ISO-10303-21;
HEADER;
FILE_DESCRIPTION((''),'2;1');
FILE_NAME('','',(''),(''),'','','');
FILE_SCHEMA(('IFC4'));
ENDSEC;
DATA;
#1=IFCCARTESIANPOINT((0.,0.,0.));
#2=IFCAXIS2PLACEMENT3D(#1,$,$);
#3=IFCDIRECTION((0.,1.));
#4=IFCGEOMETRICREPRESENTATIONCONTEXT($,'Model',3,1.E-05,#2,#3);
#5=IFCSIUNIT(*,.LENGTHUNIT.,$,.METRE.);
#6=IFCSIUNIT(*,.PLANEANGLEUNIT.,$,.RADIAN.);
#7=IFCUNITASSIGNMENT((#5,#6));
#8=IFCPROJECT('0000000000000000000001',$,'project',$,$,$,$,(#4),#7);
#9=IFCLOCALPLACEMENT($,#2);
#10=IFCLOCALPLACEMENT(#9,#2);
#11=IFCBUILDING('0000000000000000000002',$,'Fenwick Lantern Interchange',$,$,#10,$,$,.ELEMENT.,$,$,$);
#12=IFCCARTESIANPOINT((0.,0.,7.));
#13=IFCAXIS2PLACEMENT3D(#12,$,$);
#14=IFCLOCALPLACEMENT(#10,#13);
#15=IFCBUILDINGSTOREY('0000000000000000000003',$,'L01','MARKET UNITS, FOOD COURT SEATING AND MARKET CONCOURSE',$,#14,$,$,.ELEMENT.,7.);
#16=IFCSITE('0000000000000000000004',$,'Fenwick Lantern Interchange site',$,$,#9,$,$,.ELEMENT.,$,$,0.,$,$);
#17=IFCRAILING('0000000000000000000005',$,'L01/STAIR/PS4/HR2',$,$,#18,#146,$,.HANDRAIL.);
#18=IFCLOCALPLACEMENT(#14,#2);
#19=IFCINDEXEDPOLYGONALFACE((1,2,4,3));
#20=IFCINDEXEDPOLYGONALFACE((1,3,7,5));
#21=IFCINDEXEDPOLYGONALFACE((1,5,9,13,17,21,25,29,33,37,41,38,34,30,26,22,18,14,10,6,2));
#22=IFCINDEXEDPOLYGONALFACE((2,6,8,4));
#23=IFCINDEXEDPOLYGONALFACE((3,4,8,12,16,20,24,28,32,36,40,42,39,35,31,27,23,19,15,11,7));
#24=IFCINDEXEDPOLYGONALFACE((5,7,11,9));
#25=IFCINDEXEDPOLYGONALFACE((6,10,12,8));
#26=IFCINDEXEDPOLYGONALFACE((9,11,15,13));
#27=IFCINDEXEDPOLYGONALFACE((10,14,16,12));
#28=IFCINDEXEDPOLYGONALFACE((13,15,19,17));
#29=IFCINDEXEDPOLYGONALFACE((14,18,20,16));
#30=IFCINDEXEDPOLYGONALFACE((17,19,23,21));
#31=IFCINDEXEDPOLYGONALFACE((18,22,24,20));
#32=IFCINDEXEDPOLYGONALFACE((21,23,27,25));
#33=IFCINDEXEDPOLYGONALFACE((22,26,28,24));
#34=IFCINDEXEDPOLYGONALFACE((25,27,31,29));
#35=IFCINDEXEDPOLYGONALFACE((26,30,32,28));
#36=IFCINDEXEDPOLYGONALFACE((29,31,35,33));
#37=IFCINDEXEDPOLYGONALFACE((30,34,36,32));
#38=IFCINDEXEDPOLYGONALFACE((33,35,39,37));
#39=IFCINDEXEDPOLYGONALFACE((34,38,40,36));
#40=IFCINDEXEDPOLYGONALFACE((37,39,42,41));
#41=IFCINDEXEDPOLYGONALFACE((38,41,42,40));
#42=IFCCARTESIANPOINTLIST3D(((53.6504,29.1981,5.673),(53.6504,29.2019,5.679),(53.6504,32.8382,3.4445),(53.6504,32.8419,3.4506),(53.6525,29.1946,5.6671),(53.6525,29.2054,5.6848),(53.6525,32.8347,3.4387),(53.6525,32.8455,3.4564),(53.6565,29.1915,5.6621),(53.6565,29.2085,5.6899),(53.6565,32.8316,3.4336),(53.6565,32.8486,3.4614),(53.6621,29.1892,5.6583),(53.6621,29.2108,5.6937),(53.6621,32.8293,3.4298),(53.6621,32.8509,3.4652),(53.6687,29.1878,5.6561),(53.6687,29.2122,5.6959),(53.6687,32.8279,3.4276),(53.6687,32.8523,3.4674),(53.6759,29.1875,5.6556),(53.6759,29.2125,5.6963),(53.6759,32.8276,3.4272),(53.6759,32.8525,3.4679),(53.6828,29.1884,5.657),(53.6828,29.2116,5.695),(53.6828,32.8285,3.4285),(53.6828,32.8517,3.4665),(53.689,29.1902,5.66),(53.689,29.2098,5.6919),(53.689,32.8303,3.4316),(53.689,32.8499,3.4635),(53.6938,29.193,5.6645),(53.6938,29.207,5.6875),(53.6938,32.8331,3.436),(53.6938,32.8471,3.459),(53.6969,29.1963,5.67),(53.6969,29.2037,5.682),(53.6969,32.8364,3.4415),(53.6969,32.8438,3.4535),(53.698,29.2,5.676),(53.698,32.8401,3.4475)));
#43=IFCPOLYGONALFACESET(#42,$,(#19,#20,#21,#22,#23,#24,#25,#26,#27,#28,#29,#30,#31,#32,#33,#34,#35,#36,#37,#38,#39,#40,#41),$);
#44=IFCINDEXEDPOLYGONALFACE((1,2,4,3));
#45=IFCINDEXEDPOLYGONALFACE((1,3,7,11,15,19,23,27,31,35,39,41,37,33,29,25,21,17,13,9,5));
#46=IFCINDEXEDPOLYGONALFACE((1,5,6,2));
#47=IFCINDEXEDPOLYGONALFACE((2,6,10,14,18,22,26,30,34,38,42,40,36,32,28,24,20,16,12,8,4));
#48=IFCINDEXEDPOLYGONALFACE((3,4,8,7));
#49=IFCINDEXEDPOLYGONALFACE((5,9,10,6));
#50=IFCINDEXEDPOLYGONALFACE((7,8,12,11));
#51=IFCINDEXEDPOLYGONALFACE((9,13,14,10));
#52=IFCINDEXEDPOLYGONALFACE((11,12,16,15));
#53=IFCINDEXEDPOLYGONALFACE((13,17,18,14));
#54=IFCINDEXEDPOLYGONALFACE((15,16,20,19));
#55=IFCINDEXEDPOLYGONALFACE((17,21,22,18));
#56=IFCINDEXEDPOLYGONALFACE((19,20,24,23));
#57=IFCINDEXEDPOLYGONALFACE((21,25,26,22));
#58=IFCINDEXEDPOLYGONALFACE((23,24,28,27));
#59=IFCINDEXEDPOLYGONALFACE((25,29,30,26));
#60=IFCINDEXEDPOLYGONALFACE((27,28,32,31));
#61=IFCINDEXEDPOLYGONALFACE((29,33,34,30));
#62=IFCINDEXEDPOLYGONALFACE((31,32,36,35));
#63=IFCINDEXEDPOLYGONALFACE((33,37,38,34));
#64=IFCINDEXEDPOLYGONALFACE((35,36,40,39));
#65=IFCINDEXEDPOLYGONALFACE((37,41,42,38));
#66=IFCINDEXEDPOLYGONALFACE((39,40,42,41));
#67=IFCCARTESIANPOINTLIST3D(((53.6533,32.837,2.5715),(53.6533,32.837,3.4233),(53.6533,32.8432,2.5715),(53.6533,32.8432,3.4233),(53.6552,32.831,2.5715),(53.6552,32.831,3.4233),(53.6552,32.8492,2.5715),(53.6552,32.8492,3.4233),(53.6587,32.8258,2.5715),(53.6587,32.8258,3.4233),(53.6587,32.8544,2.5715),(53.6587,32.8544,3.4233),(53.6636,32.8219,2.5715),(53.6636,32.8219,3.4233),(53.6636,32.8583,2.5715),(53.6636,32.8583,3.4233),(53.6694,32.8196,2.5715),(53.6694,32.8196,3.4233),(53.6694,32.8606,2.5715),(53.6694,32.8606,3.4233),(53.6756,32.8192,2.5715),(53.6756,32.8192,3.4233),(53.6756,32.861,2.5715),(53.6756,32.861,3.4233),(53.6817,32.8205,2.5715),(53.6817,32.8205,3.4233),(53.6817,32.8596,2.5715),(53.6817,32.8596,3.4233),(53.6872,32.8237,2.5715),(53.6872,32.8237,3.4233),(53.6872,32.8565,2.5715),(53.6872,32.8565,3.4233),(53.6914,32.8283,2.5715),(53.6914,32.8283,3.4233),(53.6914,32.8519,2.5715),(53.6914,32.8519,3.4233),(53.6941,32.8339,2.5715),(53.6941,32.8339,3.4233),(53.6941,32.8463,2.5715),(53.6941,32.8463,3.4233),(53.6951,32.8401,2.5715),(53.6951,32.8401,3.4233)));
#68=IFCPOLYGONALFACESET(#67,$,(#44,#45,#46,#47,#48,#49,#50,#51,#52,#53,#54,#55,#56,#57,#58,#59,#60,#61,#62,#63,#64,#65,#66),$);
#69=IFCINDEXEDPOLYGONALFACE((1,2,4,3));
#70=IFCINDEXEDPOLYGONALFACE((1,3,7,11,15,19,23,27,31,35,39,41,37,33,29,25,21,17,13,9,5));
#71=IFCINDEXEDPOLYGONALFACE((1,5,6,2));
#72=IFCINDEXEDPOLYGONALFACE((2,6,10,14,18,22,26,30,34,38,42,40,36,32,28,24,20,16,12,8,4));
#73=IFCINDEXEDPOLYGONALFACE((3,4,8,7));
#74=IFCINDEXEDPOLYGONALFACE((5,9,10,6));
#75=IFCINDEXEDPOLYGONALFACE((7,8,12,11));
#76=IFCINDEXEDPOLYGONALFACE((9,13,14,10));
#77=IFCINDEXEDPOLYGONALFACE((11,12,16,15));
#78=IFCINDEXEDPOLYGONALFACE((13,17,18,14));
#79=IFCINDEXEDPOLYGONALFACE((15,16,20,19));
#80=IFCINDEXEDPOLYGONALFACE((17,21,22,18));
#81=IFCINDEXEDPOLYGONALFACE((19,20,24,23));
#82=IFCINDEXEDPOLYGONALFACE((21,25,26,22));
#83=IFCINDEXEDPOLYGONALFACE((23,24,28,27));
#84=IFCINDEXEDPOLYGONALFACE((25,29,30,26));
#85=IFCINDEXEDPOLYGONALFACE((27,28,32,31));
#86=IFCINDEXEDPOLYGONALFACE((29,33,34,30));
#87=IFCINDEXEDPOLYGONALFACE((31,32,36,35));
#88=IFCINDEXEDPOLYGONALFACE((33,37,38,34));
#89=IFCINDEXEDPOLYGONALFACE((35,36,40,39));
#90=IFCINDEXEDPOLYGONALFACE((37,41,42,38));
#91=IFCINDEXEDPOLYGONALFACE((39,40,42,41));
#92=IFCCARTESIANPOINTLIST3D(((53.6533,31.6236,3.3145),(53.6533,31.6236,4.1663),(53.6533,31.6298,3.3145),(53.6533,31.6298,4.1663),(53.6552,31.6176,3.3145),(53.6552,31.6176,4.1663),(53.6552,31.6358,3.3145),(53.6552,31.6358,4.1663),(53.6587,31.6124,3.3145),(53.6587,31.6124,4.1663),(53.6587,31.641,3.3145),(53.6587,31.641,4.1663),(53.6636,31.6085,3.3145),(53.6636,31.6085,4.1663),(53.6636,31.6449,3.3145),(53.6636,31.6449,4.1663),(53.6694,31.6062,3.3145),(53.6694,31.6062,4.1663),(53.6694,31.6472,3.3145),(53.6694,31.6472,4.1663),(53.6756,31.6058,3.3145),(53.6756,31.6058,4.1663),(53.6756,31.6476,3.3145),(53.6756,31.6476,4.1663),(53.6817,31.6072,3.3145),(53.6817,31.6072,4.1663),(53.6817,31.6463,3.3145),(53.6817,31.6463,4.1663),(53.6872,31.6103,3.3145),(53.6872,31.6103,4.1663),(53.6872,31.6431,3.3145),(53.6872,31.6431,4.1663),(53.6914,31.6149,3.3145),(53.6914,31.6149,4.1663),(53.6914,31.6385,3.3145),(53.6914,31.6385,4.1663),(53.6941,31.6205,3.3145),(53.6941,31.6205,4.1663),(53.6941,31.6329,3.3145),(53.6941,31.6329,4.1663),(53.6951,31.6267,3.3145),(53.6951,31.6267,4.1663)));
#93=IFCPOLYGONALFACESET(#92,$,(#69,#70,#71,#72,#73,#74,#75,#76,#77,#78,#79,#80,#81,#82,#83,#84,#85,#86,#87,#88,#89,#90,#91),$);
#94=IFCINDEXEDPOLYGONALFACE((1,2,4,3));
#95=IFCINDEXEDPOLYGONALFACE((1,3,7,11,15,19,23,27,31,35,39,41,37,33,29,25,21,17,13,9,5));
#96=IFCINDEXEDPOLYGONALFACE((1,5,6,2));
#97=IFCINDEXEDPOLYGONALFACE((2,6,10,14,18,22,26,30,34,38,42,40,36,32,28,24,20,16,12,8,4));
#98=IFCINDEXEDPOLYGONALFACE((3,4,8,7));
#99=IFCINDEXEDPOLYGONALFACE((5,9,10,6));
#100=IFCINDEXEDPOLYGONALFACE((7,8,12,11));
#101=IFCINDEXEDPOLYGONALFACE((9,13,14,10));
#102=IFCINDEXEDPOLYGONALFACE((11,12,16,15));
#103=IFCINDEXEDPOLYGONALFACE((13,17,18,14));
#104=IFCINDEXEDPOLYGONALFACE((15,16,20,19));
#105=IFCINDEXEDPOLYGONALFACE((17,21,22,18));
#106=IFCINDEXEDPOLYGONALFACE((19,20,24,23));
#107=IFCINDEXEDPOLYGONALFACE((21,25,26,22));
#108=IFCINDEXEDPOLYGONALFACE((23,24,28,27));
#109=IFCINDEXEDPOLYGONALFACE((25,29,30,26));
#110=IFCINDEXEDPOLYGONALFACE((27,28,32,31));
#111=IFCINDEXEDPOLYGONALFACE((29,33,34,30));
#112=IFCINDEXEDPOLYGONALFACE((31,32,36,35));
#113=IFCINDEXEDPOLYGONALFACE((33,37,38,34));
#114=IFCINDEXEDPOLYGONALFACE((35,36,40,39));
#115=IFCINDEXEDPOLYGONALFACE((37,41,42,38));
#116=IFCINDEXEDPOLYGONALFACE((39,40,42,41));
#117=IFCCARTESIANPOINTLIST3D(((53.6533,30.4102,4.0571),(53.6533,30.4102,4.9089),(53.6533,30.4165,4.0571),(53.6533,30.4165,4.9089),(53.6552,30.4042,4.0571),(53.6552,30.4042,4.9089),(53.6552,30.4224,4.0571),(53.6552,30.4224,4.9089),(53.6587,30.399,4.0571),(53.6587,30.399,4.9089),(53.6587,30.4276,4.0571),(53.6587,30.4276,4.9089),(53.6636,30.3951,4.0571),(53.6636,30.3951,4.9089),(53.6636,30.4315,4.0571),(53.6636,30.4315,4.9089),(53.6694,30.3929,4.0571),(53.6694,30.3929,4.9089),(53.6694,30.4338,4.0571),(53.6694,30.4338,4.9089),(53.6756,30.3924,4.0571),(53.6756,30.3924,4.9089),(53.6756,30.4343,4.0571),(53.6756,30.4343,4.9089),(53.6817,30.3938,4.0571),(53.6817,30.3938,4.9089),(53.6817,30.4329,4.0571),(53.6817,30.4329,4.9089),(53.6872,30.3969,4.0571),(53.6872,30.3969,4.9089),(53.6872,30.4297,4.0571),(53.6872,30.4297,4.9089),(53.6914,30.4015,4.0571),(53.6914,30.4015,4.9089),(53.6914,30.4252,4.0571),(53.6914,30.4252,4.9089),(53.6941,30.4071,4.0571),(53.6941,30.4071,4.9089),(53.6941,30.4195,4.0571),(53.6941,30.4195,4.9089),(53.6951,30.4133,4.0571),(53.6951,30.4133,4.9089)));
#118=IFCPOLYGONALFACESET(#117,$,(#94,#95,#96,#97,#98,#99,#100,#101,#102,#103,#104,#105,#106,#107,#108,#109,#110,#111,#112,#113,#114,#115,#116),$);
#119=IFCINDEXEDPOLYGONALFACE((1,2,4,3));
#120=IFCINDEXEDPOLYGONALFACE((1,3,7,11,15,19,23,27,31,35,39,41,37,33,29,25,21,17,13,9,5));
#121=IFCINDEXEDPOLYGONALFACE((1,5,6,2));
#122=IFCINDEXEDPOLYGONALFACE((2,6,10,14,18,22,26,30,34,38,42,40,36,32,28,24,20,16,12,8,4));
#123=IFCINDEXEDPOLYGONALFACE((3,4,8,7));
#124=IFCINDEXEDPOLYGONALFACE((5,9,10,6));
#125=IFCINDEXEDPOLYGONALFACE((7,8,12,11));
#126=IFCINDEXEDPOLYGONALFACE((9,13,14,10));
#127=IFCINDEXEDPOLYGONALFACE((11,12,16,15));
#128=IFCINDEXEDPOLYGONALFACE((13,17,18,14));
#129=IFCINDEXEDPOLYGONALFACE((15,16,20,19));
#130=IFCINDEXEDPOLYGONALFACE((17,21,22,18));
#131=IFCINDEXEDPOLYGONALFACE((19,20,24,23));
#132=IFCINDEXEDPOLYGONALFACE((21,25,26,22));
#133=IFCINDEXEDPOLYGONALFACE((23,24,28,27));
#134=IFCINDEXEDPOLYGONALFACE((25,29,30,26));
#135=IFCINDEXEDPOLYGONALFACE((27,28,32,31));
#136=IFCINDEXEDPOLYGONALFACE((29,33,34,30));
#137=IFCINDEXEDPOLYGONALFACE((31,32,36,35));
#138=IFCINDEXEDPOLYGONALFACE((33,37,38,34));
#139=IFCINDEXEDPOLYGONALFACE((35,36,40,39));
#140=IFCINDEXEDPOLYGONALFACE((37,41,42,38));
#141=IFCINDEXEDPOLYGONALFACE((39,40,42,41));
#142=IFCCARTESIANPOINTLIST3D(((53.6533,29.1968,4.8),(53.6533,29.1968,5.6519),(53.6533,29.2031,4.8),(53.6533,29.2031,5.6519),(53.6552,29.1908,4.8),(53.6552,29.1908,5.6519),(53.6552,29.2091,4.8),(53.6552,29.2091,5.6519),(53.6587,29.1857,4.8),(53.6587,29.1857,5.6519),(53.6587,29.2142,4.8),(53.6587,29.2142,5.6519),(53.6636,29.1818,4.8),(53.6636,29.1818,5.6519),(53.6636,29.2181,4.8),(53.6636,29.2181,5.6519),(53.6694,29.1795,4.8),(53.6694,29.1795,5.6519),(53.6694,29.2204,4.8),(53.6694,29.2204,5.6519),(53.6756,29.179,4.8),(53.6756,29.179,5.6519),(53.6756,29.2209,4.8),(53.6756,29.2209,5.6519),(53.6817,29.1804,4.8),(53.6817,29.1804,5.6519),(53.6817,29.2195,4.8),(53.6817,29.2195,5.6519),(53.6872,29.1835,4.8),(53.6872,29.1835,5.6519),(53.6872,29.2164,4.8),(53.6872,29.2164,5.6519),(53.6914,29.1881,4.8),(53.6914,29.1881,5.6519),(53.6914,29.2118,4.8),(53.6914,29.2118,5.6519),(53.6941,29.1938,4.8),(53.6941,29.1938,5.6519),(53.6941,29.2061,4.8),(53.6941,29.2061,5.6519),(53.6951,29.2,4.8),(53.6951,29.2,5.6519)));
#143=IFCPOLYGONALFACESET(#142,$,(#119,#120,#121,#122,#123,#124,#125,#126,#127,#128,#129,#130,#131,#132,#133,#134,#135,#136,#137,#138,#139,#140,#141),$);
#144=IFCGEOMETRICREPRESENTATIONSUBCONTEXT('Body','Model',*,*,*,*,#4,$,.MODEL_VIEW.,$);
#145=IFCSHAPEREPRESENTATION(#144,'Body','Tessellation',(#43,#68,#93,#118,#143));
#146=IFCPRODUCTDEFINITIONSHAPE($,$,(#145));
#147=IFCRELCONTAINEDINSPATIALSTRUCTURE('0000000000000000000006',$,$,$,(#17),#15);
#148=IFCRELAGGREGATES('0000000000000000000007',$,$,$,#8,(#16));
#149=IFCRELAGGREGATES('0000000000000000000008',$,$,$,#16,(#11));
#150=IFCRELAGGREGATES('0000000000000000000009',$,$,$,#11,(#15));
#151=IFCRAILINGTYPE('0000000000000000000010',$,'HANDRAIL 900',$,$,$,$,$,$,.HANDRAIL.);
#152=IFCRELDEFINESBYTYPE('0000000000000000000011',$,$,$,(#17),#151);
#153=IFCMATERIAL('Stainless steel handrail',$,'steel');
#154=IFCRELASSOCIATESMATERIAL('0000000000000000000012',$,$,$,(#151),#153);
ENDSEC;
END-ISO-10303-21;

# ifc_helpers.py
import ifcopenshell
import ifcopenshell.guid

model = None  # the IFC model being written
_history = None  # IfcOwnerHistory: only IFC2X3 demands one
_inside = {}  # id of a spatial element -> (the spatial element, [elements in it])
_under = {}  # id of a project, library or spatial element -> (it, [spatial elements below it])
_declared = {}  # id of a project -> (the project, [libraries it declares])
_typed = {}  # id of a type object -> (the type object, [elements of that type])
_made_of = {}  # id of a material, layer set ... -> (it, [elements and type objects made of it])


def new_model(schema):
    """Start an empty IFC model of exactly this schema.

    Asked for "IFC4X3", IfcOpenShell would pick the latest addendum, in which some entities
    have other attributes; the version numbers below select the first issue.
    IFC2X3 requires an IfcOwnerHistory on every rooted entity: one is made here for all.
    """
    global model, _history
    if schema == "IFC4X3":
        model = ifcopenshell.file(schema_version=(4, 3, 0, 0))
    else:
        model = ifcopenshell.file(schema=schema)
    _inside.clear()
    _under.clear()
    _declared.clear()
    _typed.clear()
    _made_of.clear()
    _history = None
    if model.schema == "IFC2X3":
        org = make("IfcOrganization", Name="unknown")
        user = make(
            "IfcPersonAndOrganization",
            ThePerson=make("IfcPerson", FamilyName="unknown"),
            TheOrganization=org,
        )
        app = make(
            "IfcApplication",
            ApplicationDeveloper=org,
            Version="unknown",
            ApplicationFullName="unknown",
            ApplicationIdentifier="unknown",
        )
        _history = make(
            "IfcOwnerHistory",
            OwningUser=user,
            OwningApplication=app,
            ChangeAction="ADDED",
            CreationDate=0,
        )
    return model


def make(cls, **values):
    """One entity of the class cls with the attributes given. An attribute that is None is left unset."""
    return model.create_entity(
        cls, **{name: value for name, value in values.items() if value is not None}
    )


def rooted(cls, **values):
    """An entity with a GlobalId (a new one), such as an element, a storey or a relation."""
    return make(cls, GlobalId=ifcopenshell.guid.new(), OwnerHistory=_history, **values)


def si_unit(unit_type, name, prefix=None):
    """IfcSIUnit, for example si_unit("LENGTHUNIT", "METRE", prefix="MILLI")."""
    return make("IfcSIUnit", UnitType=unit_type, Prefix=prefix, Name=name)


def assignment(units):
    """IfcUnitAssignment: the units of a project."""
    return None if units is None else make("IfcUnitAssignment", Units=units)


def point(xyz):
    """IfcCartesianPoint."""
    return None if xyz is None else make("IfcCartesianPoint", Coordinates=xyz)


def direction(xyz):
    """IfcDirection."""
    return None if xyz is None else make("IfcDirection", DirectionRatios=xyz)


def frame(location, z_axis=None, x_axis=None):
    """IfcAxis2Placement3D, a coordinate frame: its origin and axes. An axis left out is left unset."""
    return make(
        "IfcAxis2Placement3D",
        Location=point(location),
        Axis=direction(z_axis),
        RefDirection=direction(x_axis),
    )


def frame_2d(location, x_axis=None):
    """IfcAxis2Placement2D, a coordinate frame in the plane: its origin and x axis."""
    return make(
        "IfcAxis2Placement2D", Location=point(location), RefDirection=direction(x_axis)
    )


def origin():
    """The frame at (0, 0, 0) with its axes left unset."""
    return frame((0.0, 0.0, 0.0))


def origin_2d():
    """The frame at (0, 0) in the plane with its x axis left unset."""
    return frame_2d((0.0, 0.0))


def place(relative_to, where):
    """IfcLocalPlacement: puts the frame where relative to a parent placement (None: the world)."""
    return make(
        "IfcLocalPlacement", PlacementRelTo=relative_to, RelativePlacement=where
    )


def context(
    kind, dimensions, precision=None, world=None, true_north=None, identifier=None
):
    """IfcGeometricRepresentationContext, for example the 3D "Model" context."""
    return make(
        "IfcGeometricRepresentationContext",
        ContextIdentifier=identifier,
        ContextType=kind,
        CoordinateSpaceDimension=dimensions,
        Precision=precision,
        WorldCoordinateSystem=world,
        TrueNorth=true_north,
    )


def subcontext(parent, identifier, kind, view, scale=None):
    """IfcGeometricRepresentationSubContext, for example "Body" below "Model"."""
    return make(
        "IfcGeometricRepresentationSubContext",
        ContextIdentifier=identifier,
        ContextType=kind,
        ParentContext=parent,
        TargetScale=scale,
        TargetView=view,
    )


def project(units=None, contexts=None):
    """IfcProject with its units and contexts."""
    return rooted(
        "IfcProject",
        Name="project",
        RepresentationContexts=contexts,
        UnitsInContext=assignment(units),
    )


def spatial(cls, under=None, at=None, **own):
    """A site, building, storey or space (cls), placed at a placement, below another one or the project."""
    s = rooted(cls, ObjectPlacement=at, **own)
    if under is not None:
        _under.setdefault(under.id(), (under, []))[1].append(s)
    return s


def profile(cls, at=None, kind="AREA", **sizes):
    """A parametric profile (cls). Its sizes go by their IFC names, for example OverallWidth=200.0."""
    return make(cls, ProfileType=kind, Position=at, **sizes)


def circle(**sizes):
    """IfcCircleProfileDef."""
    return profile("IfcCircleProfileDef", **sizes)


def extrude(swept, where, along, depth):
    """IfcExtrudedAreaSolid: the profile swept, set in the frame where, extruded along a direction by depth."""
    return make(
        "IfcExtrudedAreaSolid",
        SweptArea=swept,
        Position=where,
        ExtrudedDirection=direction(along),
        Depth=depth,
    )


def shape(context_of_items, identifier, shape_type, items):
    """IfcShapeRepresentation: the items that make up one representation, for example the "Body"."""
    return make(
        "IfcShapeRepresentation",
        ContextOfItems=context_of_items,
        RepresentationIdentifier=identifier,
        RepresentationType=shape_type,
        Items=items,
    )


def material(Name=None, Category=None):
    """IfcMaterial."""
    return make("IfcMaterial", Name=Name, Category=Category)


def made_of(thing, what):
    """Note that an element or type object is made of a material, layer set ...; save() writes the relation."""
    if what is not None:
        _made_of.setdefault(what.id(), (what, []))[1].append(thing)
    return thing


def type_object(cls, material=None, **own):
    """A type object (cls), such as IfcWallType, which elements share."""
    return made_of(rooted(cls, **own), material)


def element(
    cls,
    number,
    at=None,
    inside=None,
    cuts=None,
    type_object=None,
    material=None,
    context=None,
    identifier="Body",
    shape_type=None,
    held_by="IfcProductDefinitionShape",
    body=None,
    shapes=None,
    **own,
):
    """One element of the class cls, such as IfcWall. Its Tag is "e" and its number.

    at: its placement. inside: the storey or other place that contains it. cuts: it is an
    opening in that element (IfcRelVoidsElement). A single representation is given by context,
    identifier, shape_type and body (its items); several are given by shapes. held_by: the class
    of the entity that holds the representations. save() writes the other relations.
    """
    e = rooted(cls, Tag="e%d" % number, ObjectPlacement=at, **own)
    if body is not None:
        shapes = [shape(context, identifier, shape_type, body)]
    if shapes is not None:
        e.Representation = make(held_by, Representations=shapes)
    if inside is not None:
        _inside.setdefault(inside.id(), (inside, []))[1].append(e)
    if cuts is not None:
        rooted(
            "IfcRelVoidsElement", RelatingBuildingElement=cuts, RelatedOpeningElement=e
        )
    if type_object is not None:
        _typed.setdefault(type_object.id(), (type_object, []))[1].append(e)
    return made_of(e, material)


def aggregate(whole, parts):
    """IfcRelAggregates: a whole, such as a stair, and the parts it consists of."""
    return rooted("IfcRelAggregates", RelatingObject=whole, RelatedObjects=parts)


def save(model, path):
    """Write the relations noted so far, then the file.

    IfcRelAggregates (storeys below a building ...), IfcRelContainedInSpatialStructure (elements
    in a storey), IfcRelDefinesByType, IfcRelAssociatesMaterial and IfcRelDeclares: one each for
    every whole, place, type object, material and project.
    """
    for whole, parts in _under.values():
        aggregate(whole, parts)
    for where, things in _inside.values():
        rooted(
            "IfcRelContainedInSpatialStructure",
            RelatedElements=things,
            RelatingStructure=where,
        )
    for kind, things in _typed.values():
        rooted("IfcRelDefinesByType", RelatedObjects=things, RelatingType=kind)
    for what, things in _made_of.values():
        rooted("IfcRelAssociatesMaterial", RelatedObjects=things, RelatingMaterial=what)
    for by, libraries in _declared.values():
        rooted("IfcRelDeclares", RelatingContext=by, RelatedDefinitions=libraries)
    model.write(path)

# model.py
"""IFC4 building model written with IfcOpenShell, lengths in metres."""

from ifc_helpers import new_model, si_unit, direction, frame, origin, origin_2d, place, context, subcontext, project, spatial, circle, extrude, material, type_object, element, save


model = new_model("IFC4")

# Units and contexts
model_context = context("Model", 3, precision=1e-05, world=origin(), true_north=direction((0.0, 1.0)))
body_context = subcontext(model_context, "Body", "Model", "MODEL_VIEW")
ifc_project = project(units=[si_unit("LENGTHUNIT", "METRE"), si_unit("PLANEANGLEUNIT", "RADIAN")], contexts=[model_context])

# Site, building, storey
site_placement = place(None, origin())
site = spatial("IfcSite", under=ifc_project, at=site_placement, Name="Fenwick Lantern Interchange site", CompositionType="ELEMENT", RefElevation=0.0)
building_placement = place(site_placement, origin())
building = spatial("IfcBuilding", under=site, at=building_placement, Name="Fenwick Lantern Interchange", CompositionType="ELEMENT")
storey_placement = place(building_placement, frame((0.0, 0.0, 7.0)))
storey = spatial("IfcBuildingStorey", under=building, at=storey_placement, Name="L01", Description="MARKET UNITS, FOOD COURT SEATING AND MARKET CONCOURSE", CompositionType="ELEMENT", Elevation=7.0)

# Railing
ifc_material_1 = material(Name="Stainless steel handrail", Category="steel")
railing_type = type_object("IfcRailingType", Name="HANDRAIL 900", PredefinedType="HANDRAIL", material=ifc_material_1)
railing_1_placement = place(storey_placement, frame((53.6741, 32.8401, 2.5715)))
element("IfcRailing", 1, at=railing_1_placement, inside=storey, type_object=railing_type, Name="L01/STAIR/PS4/HR2", PredefinedType="HANDRAIL", context=body_context, shape_type="SweptSolid", body=[
    extrude(circle(Radius=0.0239, at=origin_2d()), frame((0.0, 0.0, 0.876), z_axis=(0.0, -0.852866, 0.52213), x_axis=(1.0, 0.0, 0.0)), (0.0, 0.0, 1.0), 4.2681),
    extrude(circle(Radius=0.021, at=origin_2d()), origin(), (0.0, 0.0, 1.0), 0.8518),
    extrude(circle(Radius=0.021, at=origin_2d()), frame((0.0, -1.2134, 0.7429)), (0.0, 0.0, 1.0), 0.8518),
    extrude(circle(Radius=0.021, at=origin_2d()), frame((0.0, -2.4268, 1.4856)), (0.0, 0.0, 1.0), 0.8518),
    extrude(circle(Radius=0.021, at=origin_2d()), frame((0.0, -3.6401, 2.2285)), (0.0, 0.0, 1.0), 0.8518),
])

save(model, "model.ifc")
